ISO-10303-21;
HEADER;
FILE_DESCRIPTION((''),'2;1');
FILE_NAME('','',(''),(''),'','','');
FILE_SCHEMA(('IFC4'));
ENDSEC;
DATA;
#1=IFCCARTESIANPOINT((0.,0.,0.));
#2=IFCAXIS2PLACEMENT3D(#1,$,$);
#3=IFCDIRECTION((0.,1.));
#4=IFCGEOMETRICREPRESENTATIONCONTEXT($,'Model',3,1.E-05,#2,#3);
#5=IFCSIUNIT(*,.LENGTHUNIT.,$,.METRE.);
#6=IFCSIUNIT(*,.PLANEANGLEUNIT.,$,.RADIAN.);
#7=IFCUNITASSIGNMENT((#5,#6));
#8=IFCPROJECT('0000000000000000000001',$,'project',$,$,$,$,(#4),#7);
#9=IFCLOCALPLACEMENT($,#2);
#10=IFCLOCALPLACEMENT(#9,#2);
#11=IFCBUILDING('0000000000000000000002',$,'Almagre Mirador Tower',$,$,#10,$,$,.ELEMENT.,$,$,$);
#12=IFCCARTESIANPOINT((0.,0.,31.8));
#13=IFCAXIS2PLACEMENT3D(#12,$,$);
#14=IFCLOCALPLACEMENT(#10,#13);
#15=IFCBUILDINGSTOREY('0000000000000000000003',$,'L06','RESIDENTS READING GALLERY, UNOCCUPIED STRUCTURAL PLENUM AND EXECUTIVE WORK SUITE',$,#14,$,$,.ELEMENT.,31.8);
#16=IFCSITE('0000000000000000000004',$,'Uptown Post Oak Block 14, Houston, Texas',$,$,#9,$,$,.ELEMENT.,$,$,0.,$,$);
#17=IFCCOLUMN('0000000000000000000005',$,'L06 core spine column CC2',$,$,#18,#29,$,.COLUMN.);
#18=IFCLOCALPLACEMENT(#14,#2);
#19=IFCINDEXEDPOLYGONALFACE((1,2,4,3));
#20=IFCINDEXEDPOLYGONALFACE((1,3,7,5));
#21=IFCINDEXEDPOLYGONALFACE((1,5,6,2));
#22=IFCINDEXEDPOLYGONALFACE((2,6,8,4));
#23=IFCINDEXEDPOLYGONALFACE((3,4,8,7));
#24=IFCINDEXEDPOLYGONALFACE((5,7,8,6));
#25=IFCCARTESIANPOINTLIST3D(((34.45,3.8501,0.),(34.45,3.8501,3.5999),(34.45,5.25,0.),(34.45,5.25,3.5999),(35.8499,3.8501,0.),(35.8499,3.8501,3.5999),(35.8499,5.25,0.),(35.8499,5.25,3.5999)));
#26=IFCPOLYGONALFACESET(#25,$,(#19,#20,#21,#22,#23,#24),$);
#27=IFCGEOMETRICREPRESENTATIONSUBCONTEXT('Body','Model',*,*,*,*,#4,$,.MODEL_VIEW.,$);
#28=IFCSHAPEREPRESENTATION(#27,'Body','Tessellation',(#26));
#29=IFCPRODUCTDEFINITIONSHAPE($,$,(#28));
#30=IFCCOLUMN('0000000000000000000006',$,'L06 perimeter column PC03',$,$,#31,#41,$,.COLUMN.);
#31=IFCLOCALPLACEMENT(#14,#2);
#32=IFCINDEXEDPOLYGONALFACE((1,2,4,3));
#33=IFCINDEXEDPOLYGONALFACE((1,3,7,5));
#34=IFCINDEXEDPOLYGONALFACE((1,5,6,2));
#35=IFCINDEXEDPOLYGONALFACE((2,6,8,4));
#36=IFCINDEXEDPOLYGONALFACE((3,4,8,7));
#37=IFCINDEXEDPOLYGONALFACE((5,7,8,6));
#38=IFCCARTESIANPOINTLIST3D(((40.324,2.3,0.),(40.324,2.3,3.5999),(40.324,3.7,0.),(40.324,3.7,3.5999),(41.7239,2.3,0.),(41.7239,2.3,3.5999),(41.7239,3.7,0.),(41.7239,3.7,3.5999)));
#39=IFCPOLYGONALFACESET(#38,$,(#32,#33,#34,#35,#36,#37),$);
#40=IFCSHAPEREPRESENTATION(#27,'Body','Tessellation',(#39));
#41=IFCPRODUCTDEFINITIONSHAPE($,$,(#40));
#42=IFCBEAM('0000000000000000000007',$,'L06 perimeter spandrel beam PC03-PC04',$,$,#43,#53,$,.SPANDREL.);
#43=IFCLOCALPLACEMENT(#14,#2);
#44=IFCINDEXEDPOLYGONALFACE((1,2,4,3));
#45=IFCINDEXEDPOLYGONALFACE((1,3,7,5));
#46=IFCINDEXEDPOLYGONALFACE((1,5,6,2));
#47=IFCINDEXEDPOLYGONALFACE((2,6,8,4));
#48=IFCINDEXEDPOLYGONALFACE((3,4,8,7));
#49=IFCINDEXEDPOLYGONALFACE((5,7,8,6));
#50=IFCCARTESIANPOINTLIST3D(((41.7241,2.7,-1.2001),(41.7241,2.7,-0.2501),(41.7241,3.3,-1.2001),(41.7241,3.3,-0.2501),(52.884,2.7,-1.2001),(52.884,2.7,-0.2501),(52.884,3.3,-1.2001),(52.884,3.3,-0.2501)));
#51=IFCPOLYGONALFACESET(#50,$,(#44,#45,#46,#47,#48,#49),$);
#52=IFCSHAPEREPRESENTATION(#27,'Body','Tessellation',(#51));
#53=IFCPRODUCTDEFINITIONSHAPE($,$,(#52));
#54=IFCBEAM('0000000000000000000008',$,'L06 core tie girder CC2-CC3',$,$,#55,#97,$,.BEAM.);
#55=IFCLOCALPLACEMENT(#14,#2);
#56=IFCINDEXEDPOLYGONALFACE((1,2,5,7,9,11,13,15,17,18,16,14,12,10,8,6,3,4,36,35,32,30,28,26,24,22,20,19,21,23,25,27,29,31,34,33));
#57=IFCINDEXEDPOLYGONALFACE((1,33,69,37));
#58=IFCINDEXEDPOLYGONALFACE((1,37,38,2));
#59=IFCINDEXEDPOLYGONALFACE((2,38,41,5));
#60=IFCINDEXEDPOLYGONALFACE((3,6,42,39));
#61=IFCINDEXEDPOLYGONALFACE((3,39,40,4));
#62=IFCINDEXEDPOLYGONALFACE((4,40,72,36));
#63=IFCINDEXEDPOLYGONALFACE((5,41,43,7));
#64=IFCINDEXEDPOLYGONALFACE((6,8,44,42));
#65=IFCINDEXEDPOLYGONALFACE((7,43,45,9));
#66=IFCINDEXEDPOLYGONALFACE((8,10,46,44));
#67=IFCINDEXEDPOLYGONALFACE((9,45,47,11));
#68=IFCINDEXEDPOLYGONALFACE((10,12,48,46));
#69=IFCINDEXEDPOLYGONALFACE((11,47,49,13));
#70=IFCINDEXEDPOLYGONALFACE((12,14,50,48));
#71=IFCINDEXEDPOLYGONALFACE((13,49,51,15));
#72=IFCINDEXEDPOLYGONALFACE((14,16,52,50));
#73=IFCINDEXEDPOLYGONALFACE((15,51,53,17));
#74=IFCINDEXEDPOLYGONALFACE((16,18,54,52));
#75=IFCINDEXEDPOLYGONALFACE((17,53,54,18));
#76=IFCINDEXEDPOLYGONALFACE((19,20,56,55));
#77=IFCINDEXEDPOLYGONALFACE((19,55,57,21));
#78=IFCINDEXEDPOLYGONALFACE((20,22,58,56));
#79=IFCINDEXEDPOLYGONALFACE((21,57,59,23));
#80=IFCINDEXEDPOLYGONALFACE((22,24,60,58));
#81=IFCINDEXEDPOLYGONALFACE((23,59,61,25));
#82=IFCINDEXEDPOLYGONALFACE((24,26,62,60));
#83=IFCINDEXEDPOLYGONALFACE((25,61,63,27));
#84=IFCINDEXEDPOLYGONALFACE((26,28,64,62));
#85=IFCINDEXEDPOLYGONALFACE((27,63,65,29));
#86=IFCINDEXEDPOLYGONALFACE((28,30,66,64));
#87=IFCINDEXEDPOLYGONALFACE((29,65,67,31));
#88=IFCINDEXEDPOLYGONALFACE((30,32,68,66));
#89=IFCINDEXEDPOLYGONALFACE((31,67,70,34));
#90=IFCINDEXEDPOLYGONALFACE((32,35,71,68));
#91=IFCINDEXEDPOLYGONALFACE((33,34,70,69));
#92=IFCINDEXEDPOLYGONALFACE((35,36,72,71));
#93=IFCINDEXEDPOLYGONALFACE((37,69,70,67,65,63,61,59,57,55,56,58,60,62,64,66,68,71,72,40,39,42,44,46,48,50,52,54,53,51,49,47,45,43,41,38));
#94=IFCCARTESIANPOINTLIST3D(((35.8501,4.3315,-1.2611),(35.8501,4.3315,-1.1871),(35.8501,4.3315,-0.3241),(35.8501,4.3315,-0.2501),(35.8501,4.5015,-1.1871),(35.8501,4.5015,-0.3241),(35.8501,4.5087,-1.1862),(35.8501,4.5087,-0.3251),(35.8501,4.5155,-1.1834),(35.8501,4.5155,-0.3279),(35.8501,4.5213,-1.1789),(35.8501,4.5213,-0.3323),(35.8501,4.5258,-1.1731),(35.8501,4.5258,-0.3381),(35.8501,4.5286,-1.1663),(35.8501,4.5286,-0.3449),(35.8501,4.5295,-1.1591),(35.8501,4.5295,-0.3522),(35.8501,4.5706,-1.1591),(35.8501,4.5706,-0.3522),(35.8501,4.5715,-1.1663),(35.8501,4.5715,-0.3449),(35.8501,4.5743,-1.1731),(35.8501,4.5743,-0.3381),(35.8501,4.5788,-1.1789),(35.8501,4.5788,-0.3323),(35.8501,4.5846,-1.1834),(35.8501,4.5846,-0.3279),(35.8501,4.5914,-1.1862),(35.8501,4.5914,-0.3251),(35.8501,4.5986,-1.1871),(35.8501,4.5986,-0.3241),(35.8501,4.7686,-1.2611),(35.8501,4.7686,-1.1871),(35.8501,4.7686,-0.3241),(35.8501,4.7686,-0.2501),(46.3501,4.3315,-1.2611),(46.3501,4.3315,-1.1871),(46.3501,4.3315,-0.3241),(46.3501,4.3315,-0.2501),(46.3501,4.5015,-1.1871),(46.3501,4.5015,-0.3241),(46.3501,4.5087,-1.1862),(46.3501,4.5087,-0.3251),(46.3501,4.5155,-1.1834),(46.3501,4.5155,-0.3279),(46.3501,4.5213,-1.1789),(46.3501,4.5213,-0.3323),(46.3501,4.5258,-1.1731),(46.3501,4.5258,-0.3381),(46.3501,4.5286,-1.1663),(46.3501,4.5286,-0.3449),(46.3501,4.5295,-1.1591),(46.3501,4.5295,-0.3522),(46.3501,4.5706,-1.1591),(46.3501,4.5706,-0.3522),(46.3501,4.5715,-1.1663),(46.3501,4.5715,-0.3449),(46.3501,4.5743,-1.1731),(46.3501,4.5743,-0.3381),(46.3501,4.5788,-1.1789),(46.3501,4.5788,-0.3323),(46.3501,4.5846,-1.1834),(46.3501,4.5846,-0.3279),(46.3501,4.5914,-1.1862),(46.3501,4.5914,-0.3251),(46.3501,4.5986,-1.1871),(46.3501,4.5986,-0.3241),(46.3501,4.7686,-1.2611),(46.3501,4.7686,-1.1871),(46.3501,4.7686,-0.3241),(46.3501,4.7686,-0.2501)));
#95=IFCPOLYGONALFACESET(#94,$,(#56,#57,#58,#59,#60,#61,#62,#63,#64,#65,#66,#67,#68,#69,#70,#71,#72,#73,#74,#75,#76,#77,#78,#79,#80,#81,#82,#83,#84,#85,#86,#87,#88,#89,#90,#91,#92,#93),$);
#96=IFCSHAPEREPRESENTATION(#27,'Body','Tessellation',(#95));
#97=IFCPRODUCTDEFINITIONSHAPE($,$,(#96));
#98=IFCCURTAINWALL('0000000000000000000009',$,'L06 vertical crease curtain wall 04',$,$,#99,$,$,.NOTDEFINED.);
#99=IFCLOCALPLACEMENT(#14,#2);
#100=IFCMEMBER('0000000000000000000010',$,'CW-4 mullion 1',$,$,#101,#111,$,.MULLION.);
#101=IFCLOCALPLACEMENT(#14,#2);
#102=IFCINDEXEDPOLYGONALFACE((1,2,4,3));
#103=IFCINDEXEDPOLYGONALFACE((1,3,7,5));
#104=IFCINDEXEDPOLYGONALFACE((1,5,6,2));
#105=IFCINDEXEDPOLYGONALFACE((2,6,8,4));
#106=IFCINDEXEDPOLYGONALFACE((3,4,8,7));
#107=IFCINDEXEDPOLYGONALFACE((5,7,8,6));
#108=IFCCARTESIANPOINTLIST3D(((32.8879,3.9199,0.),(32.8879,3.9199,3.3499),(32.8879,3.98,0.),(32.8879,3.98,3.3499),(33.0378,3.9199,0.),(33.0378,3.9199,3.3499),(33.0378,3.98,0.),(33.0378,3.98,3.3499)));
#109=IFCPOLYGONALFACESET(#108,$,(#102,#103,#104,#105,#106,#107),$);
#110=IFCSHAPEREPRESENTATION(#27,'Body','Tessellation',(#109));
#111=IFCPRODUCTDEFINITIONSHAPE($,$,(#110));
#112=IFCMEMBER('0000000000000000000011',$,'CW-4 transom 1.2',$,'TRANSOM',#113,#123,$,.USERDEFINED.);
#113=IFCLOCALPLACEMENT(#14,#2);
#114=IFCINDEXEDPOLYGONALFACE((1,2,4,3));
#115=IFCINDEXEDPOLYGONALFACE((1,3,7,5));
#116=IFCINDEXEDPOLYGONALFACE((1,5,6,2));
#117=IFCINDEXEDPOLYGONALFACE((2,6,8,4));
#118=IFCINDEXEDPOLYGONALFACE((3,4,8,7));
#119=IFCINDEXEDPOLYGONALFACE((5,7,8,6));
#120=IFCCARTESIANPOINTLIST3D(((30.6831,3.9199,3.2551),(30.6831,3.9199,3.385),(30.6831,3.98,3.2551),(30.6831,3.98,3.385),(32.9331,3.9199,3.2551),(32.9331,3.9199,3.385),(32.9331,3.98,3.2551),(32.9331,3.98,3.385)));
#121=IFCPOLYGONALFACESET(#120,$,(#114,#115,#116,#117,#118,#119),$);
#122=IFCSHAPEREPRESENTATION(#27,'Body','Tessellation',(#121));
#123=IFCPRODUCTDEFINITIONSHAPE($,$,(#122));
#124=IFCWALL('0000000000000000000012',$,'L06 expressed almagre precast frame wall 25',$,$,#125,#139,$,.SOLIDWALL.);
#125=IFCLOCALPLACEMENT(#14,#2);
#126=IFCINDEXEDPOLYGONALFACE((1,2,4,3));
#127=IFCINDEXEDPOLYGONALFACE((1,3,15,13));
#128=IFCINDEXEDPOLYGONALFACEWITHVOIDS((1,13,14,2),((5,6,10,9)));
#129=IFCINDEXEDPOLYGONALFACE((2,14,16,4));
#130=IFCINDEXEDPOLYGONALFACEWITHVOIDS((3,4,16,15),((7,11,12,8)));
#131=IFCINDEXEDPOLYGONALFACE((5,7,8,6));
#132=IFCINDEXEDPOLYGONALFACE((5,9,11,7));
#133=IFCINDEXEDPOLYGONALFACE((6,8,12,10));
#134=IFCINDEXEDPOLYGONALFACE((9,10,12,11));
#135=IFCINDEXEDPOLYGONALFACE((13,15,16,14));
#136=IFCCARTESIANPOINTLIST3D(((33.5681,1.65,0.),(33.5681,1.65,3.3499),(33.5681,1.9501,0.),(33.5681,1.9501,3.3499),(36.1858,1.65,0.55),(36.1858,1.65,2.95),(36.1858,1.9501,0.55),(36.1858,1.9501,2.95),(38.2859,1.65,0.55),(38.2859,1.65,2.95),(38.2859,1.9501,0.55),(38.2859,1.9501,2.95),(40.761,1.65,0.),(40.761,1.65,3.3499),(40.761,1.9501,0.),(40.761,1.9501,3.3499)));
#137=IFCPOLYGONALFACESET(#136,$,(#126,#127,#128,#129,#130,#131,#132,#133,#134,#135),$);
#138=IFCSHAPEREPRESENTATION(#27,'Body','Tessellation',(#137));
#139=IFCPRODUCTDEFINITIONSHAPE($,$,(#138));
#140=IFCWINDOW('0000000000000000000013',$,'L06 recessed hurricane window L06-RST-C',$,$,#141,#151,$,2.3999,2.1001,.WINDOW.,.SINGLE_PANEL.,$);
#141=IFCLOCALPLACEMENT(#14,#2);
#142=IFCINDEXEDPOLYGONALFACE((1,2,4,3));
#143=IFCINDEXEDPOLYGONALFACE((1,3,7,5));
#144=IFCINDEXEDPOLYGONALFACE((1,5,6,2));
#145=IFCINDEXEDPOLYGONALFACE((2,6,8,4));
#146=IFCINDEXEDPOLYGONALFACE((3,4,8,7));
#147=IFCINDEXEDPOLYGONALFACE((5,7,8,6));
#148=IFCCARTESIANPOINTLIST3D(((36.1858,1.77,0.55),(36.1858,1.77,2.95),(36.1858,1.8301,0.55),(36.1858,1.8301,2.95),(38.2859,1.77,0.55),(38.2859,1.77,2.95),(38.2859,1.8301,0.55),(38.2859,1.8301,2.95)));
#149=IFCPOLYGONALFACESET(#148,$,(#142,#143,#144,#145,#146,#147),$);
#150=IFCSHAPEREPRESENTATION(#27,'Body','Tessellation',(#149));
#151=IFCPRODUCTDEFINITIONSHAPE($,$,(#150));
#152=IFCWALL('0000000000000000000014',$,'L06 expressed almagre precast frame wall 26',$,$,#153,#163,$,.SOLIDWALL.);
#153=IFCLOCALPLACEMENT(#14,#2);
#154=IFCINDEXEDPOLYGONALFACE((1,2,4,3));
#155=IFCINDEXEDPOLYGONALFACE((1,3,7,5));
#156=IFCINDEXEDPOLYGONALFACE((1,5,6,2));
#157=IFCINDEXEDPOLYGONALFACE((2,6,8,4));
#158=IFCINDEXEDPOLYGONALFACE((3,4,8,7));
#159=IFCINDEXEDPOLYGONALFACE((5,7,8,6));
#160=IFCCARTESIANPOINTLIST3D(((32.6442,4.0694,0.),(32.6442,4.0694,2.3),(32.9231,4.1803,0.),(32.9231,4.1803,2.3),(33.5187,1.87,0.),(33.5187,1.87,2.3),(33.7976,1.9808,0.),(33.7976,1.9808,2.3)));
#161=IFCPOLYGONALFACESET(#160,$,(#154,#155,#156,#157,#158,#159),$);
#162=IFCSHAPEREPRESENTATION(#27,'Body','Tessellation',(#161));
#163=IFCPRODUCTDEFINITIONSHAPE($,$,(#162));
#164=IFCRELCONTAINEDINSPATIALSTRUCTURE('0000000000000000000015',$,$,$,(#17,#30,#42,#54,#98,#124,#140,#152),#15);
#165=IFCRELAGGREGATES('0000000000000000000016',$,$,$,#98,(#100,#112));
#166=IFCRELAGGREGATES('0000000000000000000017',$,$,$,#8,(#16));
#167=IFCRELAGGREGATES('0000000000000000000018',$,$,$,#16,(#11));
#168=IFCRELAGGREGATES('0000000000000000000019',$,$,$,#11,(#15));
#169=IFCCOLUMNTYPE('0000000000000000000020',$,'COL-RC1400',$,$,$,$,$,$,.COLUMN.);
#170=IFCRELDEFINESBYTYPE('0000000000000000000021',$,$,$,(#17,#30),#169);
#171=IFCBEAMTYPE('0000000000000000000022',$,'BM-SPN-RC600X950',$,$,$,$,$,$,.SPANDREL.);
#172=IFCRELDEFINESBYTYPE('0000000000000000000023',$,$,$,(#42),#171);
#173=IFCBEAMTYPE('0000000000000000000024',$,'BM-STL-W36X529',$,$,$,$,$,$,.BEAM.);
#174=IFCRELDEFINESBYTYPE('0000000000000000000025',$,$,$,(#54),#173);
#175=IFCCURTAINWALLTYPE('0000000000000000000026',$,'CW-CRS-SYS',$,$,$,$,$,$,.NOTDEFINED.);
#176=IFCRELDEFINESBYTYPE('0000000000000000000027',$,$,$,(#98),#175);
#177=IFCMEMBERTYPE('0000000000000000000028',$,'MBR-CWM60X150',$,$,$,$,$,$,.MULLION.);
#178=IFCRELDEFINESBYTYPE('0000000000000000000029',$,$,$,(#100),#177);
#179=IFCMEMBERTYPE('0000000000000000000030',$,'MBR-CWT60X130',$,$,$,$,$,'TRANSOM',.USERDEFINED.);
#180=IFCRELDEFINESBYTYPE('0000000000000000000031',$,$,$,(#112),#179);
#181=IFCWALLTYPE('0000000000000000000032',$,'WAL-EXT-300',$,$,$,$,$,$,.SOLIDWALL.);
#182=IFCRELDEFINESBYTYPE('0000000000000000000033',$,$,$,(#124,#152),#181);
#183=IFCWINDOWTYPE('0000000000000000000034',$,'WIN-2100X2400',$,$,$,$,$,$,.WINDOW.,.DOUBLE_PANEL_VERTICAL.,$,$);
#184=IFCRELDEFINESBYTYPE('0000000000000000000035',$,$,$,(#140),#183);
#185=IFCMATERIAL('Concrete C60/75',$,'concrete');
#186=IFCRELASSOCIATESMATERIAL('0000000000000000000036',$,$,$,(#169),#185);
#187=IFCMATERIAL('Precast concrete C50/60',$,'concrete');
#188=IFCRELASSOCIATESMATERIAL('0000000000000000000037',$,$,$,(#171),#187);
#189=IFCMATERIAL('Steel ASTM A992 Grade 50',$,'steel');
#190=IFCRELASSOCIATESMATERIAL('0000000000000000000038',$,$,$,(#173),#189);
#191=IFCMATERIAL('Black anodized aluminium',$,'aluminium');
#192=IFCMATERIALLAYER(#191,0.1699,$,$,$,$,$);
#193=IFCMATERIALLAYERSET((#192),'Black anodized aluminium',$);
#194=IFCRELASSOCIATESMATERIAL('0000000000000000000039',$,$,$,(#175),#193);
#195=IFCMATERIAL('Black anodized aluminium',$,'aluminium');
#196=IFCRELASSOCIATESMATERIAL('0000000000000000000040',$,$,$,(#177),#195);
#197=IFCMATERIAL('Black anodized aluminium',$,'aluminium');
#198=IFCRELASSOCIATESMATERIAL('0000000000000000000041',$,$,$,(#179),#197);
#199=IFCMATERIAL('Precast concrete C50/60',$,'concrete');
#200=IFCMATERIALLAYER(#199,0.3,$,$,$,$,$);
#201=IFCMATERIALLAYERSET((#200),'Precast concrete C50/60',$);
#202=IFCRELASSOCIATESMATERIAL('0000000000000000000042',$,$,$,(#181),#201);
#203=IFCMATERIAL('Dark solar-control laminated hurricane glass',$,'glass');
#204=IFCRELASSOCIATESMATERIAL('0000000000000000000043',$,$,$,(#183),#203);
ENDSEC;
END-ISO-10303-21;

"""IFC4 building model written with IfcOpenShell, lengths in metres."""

from ifc_helpers import new_model, si_unit, direction, frame, frame_2d, origin, origin_2d, place, context, subcontext, project, spatial, rectangle, i_section, extrude, material, layer, layer_set, material_profile, profile_set, type_object, element, fill, aggregate, save


model = new_model("IFC4")

# Units and contexts
model_context = context("Model", 3, precision=1e-05, world=origin(), true_north=direction((0.0, 1.0)))
body_context = subcontext(model_context, "Body", "Model", "MODEL_VIEW")
ifc_project = project(units=[si_unit("LENGTHUNIT", "METRE"), si_unit("PLANEANGLEUNIT", "RADIAN")], contexts=[model_context])

# Site, building, storey
site_placement = place(None, origin())
site = spatial("IfcSite", under=ifc_project, at=site_placement, Name="Uptown Post Oak Block 14, Houston, Texas", CompositionType="ELEMENT", RefElevation=0.0)
building_placement = place(site_placement, origin())
building = spatial("IfcBuilding", under=site, at=building_placement, Name="Almagre Mirador Tower", CompositionType="ELEMENT")
storey_placement = place(building_placement, frame((0.0, 0.0, 31.8)))
storey = spatial("IfcBuildingStorey", under=building, at=storey_placement, Name="L06", Description="RESIDENTS READING GALLERY, UNOCCUPIED STRUCTURAL PLENUM AND EXECUTIVE WORK SUITE", CompositionType="ELEMENT", Elevation=31.8)

# Columns
ifc_material_1 = material(Name="Concrete C60/75", Category="concrete")
ifc_material_profile_1 = material_profile(ifc_material_1, rectangle(XDim=1.3999, YDim=1.3999, at=origin_2d()), Name="RC1400X1400")
ifc_profile_set_1 = profile_set([ifc_material_profile_1], Name="Concrete C60/75")
column_type = type_object("IfcColumnType", Name="COL-RC1400", PredefinedType="COLUMN", material=ifc_profile_set_1)
for number, where, z_axis, x_axis, name in (
    (1, (35.1499, 4.55, 0.0), (0.0, 0.0, 1.0), (1.0, 0.0, 0.0), "L06 core spine column CC2"),
    (2, (41.0239, 3.0, 0.0), (0.0, 0.0, 1.0), (1.0, 0.0, 0.0), "L06 perimeter column PC03"),
):
    element("IfcColumn", number, at=place(storey_placement, frame(where, z_axis=z_axis, x_axis=x_axis)), inside=storey, type_object=column_type, Name=name, PredefinedType="COLUMN", context=body_context, shape_type="SweptSolid", body=[
        extrude(rectangle(XDim=1.3999, YDim=1.3999, at=origin_2d()), origin(), (0.0, 0.0, 1.0), 3.5999),
    ])

# Beams
ifc_material_2 = material(Name="Precast concrete C50/60", Category="concrete")
ifc_material_profile_2 = material_profile(ifc_material_2, rectangle(XDim=0.6001, YDim=0.95, at=origin_2d()), Name="RC600X950")
ifc_profile_set_2 = profile_set([ifc_material_profile_2], Name="Precast concrete C50/60")
beam_type_1 = type_object("IfcBeamType", Name="BM-SPN-RC600X950", PredefinedType="SPANDREL", material=ifc_profile_set_2)
beam_1_placement = place(storey_placement, frame((41.7241, 3.0, -0.7251), z_axis=(1.0, 0.0, 0.0), x_axis=(0.0, 1.0, 0.0)))
element("IfcBeam", 3, at=beam_1_placement, inside=storey, type_object=beam_type_1, Name="L06 perimeter spandrel beam PC03-PC04", PredefinedType="SPANDREL", context=body_context, shape_type="SweptSolid", body=[
    extrude(rectangle(XDim=0.6001, YDim=0.95, at=origin_2d()), origin(), (0.0, 0.0, 1.0), 11.1599),
])
ifc_material_3 = material(Name="Steel ASTM A992 Grade 50", Category="steel")
ifc_material_profile_3 = material_profile(ifc_material_3, i_section(OverallWidth=0.437, OverallDepth=1.011, WebThickness=0.041, FlangeThickness=0.074, FilletRadius=0.0281, at=origin_2d()), Name="W36X529")
ifc_profile_set_3 = profile_set([ifc_material_profile_3], Name="Steel ASTM A992 Grade 50")
beam_type_2 = type_object("IfcBeamType", Name="BM-STL-W36X529", PredefinedType="BEAM", material=ifc_profile_set_3)
beam_2_placement = place(storey_placement, frame((35.8501, 4.55, -0.7556), z_axis=(1.0, 0.0, 0.0), x_axis=(0.0, 1.0, 0.0)))
element("IfcBeam", 4, at=beam_2_placement, inside=storey, type_object=beam_type_2, Name="L06 core tie girder CC2-CC3", PredefinedType="BEAM", context=body_context, shape_type="SweptSolid", body=[
    extrude(i_section(OverallWidth=0.437, OverallDepth=1.011, WebThickness=0.041, FlangeThickness=0.074, FilletRadius=0.0281, at=origin_2d()), origin(), (0.0, 0.0, 1.0), 10.5),
])

# Curtain wall, members
ifc_material_4 = material(Name="Black anodized aluminium", Category="aluminium")
ifc_layer_1 = layer(ifc_material_4, 0.1699)
ifc_layer_set_1 = layer_set([ifc_layer_1], Name="Black anodized aluminium")
curtain_wall_type = type_object("IfcCurtainWallType", Name="CW-CRS-SYS", PredefinedType="NOTDEFINED", material=ifc_layer_set_1)
curtain_wall_placement = place(storey_placement, origin())
curtain_wall = element("IfcCurtainWall", 5, at=curtain_wall_placement, inside=storey, type_object=curtain_wall_type, Name="L06 vertical crease curtain wall 04", PredefinedType="NOTDEFINED")
ifc_material_5 = material(Name="Black anodized aluminium", Category="aluminium")
ifc_material_profile_4 = material_profile(ifc_material_5, rectangle(XDim=0.0601, YDim=0.1499, at=origin_2d()), Name="CWM60X150")
ifc_profile_set_4 = profile_set([ifc_material_profile_4], Name="Black anodized aluminium")
member_type_1 = type_object("IfcMemberType", Name="MBR-CWM60X150", PredefinedType="MULLION", material=ifc_profile_set_4)
member_1_placement = place(storey_placement, frame((32.9629, 3.95, 0.0), z_axis=(0.0, 0.0, 1.0), x_axis=(0.0, -1.0, 0.0)))
member_1 = element("IfcMember", 6, at=member_1_placement, type_object=member_type_1, Name="CW-4 mullion 1", PredefinedType="MULLION", context=body_context, shape_type="SweptSolid", body=[
    extrude(rectangle(XDim=0.0601, YDim=0.1499, at=origin_2d()), origin(), (0.0, 0.0, 1.0), 3.3499),
])
ifc_material_6 = material(Name="Black anodized aluminium", Category="aluminium")
ifc_material_profile_5 = material_profile(ifc_material_6, rectangle(XDim=0.0601, YDim=0.1299, at=origin_2d()), Name="CWT60X130")
ifc_profile_set_5 = profile_set([ifc_material_profile_5], Name="Black anodized aluminium")
member_type_2 = type_object("IfcMemberType", Name="MBR-CWT60X130", ElementType="TRANSOM", PredefinedType="USERDEFINED", material=ifc_profile_set_5)
member_2_placement = place(storey_placement, frame((32.9331, 3.95, 3.3201), z_axis=(-1.0, 0.0, 0.0), x_axis=(0.0, -1.0, 0.0)))
member_2 = element("IfcMember", 7, at=member_2_placement, type_object=member_type_2, Name="CW-4 transom 1.2", ObjectType="TRANSOM", PredefinedType="USERDEFINED", context=body_context, shape_type="SweptSolid", body=[
    extrude(rectangle(XDim=0.0601, YDim=0.1299, at=origin_2d()), origin(), (0.0, 0.0, 1.0), 2.25),
])
aggregate(curtain_wall, [member_1, member_2])

# Wall, opening, window
ifc_material_7 = material(Name="Precast concrete C50/60", Category="concrete")
ifc_layer_2 = layer(ifc_material_7, 0.3)
ifc_layer_set_2 = layer_set([ifc_layer_2], Name="Precast concrete C50/60")
wall_type_1 = type_object("IfcWallType", Name="WAL-EXT-300", PredefinedType="SOLIDWALL", material=ifc_layer_set_2)
wall_1_placement = place(storey_placement, frame((40.761, 1.8, 0.0), z_axis=(0.0, 0.0, 1.0), x_axis=(-1.0, 0.0, 0.0)))
wall_1 = element("IfcWall", 8, at=wall_1_placement, inside=storey, type_object=wall_type_1, Name="L06 expressed almagre precast frame wall 25", PredefinedType="SOLIDWALL", context=body_context, shape_type="SweptSolid", body=[
    extrude(rectangle(XDim=7.1929, YDim=0.3, at=frame_2d((3.5964, 0.0))), origin(), (0.0, 0.0, 1.0), 3.3499),
])
opening_1_placement = place(wall_1_placement, frame((2.4751, 0.0, 0.55)))
opening_1 = element("IfcOpeningElement", 9, at=opening_1_placement, cuts=wall_1, PredefinedType="OPENING", context=body_context, shape_type="SweptSolid", body=[
    extrude(rectangle(XDim=2.1001, YDim=2.3999, at=frame_2d((1.05, 1.2))), frame((0.0, 0.1599, 0.0), z_axis=(0.0, -1.0, 0.0), x_axis=(1.0, 0.0, 0.0)), (0.0, 0.0, 1.0), 0.32),
])
ifc_material_8 = material(Name="Dark solar-control laminated hurricane glass", Category="glass")
window_type = type_object("IfcWindowType", Name="WIN-2100X2400", PartitioningType="DOUBLE_PANEL_VERTICAL", PredefinedType="WINDOW", material=ifc_material_8)
window_placement = place(opening_1_placement, origin())
window = element("IfcWindow", 10, at=window_placement, inside=storey, type_object=window_type, Name="L06 recessed hurricane window L06-RST-C", OverallHeight=2.3999, OverallWidth=2.1001, PartitioningType="SINGLE_PANEL", PredefinedType="WINDOW", context=body_context, shape_type="SweptSolid", body=[
    extrude(rectangle(XDim=2.1001, YDim=2.3999, at=frame_2d((1.05, 1.2))), frame((0.0, 0.03, 0.0), z_axis=(0.0, -1.0, 0.0), x_axis=(1.0, 0.0, 0.0)), (0.0, 0.0, 1.0), 0.0601),
])
fill(opening_1, window)

# Wall
wall_2_placement = place(storey_placement, frame((33.6582, 1.9253, 0.0), z_axis=(0.0, 0.0, 1.0), x_axis=(-0.369469, 0.929243, 0.0)))
element("IfcWall", 11, at=wall_2_placement, inside=storey, type_object=wall_type_1, Name="L06 expressed almagre precast frame wall 26", PredefinedType="SOLIDWALL", context=body_context, shape_type="SweptSolid", body=[
    extrude(rectangle(XDim=2.3669, YDim=0.3, at=frame_2d((1.1836, 0.0))), origin(), (0.0, 0.0, 1.0), 2.3),
])

save(model, "model.ifc")
